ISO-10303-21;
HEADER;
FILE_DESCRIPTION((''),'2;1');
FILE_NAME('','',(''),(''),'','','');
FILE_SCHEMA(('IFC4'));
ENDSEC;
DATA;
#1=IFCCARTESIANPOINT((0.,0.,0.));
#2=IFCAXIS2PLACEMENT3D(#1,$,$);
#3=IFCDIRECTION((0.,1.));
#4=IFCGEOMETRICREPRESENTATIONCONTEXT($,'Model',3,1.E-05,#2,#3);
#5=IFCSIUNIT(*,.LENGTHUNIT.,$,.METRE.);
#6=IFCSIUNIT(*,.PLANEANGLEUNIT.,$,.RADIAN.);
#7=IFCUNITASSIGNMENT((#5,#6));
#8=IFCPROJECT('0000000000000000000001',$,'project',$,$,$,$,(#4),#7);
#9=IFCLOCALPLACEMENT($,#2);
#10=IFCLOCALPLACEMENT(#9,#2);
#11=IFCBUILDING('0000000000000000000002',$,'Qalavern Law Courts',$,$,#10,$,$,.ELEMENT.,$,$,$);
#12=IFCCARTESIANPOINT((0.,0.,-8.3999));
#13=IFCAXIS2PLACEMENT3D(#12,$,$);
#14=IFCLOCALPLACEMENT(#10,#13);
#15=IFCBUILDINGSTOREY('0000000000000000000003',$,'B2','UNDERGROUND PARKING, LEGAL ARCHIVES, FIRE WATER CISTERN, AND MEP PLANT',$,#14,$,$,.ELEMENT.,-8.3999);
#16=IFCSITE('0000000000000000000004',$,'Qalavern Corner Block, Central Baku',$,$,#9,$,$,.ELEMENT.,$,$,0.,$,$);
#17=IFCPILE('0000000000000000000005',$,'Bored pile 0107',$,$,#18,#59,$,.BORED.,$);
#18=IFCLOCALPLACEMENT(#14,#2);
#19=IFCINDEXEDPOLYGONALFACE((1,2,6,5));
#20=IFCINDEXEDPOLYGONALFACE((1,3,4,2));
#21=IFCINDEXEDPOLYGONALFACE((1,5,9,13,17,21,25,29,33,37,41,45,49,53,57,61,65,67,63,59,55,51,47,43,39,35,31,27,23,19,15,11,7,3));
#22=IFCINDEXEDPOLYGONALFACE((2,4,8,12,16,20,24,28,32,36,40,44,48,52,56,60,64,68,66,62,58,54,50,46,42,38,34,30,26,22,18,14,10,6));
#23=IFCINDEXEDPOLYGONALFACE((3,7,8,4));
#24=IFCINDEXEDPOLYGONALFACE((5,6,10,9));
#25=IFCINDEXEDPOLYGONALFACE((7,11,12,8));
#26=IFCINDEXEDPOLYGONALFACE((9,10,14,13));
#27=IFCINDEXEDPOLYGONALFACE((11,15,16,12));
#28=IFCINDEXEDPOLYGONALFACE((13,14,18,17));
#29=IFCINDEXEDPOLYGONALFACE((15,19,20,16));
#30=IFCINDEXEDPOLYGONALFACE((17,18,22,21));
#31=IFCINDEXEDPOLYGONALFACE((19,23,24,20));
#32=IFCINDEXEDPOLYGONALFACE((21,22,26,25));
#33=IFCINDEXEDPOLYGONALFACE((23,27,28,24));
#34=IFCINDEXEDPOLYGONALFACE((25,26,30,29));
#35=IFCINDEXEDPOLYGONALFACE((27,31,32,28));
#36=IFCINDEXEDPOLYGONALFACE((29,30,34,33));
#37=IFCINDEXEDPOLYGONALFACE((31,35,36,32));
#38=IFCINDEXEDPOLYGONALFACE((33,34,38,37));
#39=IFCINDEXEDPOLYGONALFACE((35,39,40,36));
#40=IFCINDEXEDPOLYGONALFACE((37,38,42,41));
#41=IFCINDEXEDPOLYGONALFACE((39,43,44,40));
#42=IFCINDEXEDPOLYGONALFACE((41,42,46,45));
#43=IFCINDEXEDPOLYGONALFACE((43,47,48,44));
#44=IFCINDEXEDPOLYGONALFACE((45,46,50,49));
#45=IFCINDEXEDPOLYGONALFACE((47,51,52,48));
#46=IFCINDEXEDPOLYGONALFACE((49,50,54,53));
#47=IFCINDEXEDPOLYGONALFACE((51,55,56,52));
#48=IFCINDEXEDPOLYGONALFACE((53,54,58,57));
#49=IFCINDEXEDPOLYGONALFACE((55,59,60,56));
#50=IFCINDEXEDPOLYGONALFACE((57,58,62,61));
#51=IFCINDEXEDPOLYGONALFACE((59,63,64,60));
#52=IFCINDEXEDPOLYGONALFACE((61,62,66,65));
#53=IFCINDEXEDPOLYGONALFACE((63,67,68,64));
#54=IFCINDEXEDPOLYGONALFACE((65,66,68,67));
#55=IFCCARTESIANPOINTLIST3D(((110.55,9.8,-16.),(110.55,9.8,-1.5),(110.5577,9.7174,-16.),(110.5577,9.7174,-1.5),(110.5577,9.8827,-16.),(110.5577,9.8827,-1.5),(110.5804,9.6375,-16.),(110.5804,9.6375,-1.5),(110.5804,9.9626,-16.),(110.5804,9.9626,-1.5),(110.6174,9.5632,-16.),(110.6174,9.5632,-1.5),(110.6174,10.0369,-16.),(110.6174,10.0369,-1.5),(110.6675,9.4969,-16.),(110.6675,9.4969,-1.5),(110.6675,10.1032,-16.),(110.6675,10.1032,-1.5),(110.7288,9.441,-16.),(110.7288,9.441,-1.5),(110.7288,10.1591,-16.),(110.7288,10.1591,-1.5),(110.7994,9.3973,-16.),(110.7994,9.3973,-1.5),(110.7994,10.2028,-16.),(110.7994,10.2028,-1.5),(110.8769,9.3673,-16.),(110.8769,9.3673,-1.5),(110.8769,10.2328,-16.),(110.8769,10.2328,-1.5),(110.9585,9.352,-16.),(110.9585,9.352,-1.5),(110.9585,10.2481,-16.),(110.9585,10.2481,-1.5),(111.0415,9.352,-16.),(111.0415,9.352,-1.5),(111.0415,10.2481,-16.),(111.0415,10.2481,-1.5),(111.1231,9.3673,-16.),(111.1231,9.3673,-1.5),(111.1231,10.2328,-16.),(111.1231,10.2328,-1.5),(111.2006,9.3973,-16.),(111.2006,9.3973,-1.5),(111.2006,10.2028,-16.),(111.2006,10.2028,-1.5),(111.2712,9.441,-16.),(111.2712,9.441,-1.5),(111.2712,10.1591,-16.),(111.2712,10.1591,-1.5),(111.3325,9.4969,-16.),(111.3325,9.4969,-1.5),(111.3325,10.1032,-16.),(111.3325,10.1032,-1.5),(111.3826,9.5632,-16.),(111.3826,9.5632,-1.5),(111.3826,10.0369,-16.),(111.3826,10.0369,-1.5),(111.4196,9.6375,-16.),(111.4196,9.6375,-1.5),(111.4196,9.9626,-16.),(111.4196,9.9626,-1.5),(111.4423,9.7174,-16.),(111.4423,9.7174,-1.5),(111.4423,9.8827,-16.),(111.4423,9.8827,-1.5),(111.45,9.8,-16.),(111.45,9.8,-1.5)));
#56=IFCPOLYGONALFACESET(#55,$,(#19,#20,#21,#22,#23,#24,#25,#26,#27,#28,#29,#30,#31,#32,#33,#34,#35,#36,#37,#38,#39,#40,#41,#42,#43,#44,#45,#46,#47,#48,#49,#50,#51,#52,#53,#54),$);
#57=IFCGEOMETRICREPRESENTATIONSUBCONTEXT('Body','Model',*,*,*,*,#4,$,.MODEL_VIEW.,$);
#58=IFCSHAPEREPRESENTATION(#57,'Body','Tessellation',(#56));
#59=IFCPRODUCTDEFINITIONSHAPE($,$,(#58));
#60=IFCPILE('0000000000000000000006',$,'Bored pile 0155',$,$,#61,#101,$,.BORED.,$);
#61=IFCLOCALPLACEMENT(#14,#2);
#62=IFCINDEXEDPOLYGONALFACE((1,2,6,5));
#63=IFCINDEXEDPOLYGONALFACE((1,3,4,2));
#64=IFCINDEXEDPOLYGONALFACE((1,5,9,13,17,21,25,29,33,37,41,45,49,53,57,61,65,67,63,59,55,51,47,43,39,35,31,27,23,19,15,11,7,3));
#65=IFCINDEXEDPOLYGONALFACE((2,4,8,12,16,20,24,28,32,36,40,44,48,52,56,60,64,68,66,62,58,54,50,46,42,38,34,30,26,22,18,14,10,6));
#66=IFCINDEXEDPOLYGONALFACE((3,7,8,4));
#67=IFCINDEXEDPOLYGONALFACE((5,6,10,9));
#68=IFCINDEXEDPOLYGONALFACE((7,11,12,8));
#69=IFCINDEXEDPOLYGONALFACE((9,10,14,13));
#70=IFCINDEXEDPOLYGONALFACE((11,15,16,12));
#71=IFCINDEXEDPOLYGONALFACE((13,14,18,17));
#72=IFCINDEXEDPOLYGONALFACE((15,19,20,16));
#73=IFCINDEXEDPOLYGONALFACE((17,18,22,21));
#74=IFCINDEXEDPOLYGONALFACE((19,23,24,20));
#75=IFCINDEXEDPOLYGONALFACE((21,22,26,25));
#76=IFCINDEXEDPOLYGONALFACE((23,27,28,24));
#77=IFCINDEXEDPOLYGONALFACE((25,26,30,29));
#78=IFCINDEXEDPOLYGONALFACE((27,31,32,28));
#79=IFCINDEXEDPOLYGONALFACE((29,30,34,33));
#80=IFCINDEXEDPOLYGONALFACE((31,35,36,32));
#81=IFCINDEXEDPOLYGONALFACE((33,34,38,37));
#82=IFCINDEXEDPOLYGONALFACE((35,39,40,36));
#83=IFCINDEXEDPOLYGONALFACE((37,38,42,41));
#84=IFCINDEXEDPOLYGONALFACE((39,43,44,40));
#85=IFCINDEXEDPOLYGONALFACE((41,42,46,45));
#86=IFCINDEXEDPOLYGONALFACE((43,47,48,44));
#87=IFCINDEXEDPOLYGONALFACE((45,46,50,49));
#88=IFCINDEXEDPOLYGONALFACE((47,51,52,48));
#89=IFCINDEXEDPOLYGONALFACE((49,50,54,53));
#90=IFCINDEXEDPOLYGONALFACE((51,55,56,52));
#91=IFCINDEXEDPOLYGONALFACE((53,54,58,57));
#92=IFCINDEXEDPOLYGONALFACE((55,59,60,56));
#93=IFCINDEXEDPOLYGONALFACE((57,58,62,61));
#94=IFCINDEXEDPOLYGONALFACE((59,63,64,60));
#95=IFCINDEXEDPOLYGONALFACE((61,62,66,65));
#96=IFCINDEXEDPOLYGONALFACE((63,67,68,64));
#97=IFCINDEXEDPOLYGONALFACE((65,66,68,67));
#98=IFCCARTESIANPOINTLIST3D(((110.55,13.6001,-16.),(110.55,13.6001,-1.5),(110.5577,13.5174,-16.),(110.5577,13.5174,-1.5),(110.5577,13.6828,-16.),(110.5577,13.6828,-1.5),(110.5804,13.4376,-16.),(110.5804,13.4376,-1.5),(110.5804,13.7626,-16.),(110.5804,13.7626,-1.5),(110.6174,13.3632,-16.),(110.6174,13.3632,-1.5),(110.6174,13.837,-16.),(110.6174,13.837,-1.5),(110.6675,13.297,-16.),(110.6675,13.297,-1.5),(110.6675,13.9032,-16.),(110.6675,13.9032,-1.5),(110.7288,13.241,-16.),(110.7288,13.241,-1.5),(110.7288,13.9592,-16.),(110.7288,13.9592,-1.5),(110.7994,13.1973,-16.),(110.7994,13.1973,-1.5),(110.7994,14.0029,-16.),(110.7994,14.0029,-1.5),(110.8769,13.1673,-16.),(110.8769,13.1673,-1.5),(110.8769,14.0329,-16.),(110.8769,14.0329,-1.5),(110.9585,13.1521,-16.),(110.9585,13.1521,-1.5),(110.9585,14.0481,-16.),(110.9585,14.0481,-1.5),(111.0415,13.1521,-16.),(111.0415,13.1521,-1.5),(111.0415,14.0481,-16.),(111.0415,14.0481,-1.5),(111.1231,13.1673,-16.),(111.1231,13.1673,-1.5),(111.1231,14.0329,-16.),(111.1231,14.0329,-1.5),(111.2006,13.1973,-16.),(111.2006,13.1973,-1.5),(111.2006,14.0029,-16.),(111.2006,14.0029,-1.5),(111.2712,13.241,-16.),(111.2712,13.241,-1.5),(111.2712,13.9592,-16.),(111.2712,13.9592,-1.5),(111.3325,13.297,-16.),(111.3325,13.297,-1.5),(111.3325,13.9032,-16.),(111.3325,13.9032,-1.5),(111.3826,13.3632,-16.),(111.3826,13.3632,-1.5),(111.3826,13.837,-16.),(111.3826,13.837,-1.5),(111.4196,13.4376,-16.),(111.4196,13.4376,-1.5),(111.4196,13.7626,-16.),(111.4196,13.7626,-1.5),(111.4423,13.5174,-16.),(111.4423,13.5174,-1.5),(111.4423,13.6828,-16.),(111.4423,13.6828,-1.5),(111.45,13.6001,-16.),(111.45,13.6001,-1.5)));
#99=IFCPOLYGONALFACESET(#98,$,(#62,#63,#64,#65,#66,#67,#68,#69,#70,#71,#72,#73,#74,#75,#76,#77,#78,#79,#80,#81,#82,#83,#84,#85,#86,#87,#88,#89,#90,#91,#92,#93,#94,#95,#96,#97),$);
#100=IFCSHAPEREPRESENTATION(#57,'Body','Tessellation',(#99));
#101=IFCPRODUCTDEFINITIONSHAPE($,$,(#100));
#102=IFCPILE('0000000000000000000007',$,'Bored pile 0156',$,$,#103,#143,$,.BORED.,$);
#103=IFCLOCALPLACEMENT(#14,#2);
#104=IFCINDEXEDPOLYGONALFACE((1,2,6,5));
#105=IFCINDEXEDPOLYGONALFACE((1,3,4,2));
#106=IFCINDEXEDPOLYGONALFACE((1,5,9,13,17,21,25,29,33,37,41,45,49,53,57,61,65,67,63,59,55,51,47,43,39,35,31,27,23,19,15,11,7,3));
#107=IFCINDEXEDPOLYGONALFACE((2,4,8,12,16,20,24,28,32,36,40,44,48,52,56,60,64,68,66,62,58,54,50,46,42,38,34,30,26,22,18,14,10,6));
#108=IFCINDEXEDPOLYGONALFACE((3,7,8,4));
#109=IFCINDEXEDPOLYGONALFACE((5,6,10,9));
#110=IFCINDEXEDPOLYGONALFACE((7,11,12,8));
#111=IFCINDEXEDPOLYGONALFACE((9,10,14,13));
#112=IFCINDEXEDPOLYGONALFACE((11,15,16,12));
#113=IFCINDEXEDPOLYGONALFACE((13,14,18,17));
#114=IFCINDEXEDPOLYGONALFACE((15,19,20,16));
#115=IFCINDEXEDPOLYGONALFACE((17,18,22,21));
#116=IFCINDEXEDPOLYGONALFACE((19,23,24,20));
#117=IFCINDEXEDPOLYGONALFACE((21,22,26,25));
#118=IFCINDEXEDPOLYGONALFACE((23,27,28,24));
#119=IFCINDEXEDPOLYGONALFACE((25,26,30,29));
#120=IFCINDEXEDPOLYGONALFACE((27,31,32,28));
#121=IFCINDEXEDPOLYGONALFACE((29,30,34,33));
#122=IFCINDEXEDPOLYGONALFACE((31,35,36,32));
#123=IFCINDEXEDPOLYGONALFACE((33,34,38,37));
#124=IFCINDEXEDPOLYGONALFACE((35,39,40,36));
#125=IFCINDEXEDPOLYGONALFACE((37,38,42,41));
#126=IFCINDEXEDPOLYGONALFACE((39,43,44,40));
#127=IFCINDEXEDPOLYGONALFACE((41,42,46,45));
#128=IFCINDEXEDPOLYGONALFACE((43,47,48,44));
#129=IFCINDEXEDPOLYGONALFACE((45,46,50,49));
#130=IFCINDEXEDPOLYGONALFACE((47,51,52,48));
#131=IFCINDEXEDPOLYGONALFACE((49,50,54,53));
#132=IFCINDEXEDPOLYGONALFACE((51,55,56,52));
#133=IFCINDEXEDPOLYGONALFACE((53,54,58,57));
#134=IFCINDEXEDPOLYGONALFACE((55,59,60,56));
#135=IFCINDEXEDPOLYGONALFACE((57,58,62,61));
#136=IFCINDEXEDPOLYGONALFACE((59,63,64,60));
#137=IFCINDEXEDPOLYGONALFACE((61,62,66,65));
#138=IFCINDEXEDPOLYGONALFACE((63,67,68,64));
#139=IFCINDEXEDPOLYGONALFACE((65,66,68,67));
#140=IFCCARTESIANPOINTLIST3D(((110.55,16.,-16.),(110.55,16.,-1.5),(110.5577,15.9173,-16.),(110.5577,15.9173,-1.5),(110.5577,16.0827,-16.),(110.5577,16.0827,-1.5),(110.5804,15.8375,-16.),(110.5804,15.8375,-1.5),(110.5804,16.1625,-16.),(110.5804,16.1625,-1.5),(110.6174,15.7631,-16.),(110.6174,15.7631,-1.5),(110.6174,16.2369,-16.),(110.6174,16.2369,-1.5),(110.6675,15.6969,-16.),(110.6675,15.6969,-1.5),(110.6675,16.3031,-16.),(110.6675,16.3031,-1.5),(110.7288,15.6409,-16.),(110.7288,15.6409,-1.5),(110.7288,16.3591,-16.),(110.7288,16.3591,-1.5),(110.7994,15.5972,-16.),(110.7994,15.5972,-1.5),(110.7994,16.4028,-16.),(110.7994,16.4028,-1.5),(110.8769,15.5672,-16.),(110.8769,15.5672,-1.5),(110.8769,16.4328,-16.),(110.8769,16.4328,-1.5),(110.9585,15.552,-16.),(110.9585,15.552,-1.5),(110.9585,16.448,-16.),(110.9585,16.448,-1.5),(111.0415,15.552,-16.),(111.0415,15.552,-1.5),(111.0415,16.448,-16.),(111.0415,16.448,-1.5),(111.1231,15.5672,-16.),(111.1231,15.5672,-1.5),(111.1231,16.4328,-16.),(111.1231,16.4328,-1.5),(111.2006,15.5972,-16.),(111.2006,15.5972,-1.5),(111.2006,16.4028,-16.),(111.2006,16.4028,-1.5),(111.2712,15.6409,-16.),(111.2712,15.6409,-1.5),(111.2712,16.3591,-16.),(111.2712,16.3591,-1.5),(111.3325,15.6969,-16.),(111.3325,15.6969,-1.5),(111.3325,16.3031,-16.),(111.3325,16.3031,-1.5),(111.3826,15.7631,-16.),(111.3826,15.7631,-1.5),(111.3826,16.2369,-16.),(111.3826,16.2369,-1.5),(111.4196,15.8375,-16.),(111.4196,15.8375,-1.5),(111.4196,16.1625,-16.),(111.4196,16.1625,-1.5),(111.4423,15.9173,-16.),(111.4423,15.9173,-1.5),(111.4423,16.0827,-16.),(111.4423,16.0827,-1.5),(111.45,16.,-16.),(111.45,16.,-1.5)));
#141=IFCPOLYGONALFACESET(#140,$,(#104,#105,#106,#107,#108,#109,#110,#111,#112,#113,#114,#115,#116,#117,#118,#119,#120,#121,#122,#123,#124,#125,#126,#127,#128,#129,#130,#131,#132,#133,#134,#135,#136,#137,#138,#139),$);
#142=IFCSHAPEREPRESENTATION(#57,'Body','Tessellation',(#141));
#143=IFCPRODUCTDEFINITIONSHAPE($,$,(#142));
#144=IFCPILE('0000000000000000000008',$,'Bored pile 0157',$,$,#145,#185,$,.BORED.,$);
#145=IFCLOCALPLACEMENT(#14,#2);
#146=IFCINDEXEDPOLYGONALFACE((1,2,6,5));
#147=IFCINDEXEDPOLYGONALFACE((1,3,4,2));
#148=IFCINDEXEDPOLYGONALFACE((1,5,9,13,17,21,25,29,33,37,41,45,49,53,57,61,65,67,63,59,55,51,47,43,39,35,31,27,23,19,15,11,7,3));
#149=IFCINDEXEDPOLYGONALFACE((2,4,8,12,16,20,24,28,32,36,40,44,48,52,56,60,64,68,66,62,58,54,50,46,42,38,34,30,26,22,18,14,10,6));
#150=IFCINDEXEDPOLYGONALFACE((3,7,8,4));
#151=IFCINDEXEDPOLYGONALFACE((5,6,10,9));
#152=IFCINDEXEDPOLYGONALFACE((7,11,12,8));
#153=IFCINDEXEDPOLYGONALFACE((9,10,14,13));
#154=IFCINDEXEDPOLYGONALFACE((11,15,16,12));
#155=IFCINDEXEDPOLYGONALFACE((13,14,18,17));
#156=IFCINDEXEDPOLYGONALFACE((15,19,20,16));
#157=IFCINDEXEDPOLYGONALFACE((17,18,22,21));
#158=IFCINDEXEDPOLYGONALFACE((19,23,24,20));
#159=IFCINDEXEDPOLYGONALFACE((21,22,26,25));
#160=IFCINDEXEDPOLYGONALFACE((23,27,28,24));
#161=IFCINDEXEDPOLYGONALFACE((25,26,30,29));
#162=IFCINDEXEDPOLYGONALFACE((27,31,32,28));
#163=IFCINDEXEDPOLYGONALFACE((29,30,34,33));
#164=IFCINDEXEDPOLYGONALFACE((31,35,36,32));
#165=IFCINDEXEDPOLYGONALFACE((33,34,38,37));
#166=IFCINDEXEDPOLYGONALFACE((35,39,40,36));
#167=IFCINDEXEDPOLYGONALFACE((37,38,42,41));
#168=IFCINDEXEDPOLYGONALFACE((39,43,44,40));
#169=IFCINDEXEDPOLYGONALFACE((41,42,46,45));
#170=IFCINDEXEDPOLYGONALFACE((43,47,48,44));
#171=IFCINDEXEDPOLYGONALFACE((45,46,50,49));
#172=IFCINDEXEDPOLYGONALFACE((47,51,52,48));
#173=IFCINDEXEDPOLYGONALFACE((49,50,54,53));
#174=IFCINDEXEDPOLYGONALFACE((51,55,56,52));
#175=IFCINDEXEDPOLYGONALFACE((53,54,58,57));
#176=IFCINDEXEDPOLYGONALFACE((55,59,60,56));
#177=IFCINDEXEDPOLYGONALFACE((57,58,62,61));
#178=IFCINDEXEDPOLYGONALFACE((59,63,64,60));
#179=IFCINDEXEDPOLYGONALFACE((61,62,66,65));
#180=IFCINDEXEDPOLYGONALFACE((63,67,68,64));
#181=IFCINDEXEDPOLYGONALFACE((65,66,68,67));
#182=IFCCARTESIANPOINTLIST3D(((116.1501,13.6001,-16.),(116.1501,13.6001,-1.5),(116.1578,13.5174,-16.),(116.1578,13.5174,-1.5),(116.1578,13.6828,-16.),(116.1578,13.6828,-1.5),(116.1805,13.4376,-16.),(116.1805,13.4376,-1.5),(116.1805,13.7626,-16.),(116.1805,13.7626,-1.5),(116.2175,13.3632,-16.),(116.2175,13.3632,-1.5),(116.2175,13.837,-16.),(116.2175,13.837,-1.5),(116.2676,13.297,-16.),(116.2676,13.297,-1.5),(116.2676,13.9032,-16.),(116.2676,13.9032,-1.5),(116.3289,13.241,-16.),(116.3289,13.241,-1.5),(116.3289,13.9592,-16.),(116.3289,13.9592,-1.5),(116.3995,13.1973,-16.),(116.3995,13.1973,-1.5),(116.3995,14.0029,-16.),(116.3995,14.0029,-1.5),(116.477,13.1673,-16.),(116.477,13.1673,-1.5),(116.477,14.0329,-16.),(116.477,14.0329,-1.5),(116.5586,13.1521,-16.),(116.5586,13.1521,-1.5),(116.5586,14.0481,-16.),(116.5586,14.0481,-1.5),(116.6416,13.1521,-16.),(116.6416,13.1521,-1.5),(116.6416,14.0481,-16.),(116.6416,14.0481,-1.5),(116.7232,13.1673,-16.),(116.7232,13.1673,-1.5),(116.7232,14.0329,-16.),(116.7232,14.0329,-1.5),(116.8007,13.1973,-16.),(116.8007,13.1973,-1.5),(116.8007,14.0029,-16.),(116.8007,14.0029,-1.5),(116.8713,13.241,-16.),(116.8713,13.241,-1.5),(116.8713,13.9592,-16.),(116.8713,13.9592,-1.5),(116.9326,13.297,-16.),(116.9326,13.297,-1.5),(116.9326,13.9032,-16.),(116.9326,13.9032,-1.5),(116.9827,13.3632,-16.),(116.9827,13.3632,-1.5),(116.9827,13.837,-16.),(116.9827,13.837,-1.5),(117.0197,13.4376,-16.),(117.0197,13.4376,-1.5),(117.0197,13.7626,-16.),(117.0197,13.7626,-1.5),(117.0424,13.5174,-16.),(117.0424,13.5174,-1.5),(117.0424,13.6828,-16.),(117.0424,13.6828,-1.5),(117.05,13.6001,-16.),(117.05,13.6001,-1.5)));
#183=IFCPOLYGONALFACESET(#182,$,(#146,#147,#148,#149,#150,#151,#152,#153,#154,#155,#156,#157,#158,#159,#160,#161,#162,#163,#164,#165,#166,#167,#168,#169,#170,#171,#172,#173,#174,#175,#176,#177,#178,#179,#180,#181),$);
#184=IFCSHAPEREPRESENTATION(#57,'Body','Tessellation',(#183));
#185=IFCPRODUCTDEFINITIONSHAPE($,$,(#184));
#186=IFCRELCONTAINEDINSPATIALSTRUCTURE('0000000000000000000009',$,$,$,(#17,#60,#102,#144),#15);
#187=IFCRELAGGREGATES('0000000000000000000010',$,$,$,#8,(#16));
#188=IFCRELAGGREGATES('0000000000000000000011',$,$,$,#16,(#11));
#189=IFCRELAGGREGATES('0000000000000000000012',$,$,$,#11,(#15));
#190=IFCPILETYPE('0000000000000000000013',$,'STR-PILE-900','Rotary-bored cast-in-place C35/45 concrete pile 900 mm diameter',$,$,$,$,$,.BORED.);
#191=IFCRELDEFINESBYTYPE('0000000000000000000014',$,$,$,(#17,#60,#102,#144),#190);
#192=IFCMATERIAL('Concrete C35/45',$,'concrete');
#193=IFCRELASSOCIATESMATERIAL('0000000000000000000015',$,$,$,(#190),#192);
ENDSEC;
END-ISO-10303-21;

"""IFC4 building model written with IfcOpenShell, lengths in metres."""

from ifc_helpers import new_model, si_unit, direction, frame, origin, origin_2d, place, context, subcontext, project, spatial, circle, extrude, material, material_profile, profile_set, type_object, element, save


model = new_model("IFC4")

# Units and contexts
model_context = context("Model", 3, precision=1e-05, world=origin(), true_north=direction((0.0, 1.0)))
body_context = subcontext(model_context, "Body", "Model", "MODEL_VIEW")
ifc_project = project(units=[si_unit("LENGTHUNIT", "METRE"), si_unit("PLANEANGLEUNIT", "RADIAN")], contexts=[model_context])

# Site, building, storey
site_placement = place(None, origin())
site = spatial("IfcSite", under=ifc_project, at=site_placement, Name="Qalavern Corner Block, Central Baku", CompositionType="ELEMENT", RefElevation=0.0)
building_placement = place(site_placement, origin())
building = spatial("IfcBuilding", under=site, at=building_placement, Name="Qalavern Law Courts", CompositionType="ELEMENT")
storey_placement = place(building_placement, frame((0.0, 0.0, -8.3999)))
storey = spatial("IfcBuildingStorey", under=building, at=storey_placement, Name="B2", Description="UNDERGROUND PARKING, LEGAL ARCHIVES, FIRE WATER CISTERN, AND MEP PLANT", CompositionType="ELEMENT", Elevation=-8.3999)

# Shared definitions
ifc_material_1 = material(Name="Concrete C35/45", Category="concrete")

# Piles
ifc_material_profile_1 = material_profile(ifc_material_1, circle(Radius=0.45, at=origin_2d()), Name="BORED PILE 900")
ifc_profile_set_1 = profile_set([ifc_material_profile_1], Name="Concrete C35/45")
pile_type_1 = type_object("IfcPileType", Name="STR-PILE-900", Description="Rotary-bored cast-in-place C35/45 concrete pile 900 mm diameter", PredefinedType="BORED", material=ifc_profile_set_1)
for number, where, z_axis, x_axis, name in (
    (1, (111.0, 9.8, -1.5), (0.0, 0.0, -1.0), (1.0, 0.0, 0.0), "Bored pile 0107"),
    (2, (111.0, 13.6001, -1.5), (0.0, 0.0, -1.0), (1.0, 0.0, 0.0), "Bored pile 0155"),
    (3, (111.0, 16.0, -1.5), (0.0, 0.0, -1.0), (1.0, 0.0, 0.0), "Bored pile 0156"),
    (4, (116.6001, 13.6001, -1.5), (0.0, 0.0, -1.0), (1.0, 0.0, 0.0), "Bored pile 0157"),
):
    element("IfcPile", number, at=place(storey_placement, frame(where, z_axis=z_axis, x_axis=x_axis)), inside=storey, type_object=pile_type_1, Name=name, PredefinedType="BORED", context=body_context, shape_type="SweptSolid", body=[
        extrude(circle(Radius=0.45, at=origin_2d()), origin(), (0.0, 0.0, 1.0), 14.5),
    ])

save(model, "model.ifc")
